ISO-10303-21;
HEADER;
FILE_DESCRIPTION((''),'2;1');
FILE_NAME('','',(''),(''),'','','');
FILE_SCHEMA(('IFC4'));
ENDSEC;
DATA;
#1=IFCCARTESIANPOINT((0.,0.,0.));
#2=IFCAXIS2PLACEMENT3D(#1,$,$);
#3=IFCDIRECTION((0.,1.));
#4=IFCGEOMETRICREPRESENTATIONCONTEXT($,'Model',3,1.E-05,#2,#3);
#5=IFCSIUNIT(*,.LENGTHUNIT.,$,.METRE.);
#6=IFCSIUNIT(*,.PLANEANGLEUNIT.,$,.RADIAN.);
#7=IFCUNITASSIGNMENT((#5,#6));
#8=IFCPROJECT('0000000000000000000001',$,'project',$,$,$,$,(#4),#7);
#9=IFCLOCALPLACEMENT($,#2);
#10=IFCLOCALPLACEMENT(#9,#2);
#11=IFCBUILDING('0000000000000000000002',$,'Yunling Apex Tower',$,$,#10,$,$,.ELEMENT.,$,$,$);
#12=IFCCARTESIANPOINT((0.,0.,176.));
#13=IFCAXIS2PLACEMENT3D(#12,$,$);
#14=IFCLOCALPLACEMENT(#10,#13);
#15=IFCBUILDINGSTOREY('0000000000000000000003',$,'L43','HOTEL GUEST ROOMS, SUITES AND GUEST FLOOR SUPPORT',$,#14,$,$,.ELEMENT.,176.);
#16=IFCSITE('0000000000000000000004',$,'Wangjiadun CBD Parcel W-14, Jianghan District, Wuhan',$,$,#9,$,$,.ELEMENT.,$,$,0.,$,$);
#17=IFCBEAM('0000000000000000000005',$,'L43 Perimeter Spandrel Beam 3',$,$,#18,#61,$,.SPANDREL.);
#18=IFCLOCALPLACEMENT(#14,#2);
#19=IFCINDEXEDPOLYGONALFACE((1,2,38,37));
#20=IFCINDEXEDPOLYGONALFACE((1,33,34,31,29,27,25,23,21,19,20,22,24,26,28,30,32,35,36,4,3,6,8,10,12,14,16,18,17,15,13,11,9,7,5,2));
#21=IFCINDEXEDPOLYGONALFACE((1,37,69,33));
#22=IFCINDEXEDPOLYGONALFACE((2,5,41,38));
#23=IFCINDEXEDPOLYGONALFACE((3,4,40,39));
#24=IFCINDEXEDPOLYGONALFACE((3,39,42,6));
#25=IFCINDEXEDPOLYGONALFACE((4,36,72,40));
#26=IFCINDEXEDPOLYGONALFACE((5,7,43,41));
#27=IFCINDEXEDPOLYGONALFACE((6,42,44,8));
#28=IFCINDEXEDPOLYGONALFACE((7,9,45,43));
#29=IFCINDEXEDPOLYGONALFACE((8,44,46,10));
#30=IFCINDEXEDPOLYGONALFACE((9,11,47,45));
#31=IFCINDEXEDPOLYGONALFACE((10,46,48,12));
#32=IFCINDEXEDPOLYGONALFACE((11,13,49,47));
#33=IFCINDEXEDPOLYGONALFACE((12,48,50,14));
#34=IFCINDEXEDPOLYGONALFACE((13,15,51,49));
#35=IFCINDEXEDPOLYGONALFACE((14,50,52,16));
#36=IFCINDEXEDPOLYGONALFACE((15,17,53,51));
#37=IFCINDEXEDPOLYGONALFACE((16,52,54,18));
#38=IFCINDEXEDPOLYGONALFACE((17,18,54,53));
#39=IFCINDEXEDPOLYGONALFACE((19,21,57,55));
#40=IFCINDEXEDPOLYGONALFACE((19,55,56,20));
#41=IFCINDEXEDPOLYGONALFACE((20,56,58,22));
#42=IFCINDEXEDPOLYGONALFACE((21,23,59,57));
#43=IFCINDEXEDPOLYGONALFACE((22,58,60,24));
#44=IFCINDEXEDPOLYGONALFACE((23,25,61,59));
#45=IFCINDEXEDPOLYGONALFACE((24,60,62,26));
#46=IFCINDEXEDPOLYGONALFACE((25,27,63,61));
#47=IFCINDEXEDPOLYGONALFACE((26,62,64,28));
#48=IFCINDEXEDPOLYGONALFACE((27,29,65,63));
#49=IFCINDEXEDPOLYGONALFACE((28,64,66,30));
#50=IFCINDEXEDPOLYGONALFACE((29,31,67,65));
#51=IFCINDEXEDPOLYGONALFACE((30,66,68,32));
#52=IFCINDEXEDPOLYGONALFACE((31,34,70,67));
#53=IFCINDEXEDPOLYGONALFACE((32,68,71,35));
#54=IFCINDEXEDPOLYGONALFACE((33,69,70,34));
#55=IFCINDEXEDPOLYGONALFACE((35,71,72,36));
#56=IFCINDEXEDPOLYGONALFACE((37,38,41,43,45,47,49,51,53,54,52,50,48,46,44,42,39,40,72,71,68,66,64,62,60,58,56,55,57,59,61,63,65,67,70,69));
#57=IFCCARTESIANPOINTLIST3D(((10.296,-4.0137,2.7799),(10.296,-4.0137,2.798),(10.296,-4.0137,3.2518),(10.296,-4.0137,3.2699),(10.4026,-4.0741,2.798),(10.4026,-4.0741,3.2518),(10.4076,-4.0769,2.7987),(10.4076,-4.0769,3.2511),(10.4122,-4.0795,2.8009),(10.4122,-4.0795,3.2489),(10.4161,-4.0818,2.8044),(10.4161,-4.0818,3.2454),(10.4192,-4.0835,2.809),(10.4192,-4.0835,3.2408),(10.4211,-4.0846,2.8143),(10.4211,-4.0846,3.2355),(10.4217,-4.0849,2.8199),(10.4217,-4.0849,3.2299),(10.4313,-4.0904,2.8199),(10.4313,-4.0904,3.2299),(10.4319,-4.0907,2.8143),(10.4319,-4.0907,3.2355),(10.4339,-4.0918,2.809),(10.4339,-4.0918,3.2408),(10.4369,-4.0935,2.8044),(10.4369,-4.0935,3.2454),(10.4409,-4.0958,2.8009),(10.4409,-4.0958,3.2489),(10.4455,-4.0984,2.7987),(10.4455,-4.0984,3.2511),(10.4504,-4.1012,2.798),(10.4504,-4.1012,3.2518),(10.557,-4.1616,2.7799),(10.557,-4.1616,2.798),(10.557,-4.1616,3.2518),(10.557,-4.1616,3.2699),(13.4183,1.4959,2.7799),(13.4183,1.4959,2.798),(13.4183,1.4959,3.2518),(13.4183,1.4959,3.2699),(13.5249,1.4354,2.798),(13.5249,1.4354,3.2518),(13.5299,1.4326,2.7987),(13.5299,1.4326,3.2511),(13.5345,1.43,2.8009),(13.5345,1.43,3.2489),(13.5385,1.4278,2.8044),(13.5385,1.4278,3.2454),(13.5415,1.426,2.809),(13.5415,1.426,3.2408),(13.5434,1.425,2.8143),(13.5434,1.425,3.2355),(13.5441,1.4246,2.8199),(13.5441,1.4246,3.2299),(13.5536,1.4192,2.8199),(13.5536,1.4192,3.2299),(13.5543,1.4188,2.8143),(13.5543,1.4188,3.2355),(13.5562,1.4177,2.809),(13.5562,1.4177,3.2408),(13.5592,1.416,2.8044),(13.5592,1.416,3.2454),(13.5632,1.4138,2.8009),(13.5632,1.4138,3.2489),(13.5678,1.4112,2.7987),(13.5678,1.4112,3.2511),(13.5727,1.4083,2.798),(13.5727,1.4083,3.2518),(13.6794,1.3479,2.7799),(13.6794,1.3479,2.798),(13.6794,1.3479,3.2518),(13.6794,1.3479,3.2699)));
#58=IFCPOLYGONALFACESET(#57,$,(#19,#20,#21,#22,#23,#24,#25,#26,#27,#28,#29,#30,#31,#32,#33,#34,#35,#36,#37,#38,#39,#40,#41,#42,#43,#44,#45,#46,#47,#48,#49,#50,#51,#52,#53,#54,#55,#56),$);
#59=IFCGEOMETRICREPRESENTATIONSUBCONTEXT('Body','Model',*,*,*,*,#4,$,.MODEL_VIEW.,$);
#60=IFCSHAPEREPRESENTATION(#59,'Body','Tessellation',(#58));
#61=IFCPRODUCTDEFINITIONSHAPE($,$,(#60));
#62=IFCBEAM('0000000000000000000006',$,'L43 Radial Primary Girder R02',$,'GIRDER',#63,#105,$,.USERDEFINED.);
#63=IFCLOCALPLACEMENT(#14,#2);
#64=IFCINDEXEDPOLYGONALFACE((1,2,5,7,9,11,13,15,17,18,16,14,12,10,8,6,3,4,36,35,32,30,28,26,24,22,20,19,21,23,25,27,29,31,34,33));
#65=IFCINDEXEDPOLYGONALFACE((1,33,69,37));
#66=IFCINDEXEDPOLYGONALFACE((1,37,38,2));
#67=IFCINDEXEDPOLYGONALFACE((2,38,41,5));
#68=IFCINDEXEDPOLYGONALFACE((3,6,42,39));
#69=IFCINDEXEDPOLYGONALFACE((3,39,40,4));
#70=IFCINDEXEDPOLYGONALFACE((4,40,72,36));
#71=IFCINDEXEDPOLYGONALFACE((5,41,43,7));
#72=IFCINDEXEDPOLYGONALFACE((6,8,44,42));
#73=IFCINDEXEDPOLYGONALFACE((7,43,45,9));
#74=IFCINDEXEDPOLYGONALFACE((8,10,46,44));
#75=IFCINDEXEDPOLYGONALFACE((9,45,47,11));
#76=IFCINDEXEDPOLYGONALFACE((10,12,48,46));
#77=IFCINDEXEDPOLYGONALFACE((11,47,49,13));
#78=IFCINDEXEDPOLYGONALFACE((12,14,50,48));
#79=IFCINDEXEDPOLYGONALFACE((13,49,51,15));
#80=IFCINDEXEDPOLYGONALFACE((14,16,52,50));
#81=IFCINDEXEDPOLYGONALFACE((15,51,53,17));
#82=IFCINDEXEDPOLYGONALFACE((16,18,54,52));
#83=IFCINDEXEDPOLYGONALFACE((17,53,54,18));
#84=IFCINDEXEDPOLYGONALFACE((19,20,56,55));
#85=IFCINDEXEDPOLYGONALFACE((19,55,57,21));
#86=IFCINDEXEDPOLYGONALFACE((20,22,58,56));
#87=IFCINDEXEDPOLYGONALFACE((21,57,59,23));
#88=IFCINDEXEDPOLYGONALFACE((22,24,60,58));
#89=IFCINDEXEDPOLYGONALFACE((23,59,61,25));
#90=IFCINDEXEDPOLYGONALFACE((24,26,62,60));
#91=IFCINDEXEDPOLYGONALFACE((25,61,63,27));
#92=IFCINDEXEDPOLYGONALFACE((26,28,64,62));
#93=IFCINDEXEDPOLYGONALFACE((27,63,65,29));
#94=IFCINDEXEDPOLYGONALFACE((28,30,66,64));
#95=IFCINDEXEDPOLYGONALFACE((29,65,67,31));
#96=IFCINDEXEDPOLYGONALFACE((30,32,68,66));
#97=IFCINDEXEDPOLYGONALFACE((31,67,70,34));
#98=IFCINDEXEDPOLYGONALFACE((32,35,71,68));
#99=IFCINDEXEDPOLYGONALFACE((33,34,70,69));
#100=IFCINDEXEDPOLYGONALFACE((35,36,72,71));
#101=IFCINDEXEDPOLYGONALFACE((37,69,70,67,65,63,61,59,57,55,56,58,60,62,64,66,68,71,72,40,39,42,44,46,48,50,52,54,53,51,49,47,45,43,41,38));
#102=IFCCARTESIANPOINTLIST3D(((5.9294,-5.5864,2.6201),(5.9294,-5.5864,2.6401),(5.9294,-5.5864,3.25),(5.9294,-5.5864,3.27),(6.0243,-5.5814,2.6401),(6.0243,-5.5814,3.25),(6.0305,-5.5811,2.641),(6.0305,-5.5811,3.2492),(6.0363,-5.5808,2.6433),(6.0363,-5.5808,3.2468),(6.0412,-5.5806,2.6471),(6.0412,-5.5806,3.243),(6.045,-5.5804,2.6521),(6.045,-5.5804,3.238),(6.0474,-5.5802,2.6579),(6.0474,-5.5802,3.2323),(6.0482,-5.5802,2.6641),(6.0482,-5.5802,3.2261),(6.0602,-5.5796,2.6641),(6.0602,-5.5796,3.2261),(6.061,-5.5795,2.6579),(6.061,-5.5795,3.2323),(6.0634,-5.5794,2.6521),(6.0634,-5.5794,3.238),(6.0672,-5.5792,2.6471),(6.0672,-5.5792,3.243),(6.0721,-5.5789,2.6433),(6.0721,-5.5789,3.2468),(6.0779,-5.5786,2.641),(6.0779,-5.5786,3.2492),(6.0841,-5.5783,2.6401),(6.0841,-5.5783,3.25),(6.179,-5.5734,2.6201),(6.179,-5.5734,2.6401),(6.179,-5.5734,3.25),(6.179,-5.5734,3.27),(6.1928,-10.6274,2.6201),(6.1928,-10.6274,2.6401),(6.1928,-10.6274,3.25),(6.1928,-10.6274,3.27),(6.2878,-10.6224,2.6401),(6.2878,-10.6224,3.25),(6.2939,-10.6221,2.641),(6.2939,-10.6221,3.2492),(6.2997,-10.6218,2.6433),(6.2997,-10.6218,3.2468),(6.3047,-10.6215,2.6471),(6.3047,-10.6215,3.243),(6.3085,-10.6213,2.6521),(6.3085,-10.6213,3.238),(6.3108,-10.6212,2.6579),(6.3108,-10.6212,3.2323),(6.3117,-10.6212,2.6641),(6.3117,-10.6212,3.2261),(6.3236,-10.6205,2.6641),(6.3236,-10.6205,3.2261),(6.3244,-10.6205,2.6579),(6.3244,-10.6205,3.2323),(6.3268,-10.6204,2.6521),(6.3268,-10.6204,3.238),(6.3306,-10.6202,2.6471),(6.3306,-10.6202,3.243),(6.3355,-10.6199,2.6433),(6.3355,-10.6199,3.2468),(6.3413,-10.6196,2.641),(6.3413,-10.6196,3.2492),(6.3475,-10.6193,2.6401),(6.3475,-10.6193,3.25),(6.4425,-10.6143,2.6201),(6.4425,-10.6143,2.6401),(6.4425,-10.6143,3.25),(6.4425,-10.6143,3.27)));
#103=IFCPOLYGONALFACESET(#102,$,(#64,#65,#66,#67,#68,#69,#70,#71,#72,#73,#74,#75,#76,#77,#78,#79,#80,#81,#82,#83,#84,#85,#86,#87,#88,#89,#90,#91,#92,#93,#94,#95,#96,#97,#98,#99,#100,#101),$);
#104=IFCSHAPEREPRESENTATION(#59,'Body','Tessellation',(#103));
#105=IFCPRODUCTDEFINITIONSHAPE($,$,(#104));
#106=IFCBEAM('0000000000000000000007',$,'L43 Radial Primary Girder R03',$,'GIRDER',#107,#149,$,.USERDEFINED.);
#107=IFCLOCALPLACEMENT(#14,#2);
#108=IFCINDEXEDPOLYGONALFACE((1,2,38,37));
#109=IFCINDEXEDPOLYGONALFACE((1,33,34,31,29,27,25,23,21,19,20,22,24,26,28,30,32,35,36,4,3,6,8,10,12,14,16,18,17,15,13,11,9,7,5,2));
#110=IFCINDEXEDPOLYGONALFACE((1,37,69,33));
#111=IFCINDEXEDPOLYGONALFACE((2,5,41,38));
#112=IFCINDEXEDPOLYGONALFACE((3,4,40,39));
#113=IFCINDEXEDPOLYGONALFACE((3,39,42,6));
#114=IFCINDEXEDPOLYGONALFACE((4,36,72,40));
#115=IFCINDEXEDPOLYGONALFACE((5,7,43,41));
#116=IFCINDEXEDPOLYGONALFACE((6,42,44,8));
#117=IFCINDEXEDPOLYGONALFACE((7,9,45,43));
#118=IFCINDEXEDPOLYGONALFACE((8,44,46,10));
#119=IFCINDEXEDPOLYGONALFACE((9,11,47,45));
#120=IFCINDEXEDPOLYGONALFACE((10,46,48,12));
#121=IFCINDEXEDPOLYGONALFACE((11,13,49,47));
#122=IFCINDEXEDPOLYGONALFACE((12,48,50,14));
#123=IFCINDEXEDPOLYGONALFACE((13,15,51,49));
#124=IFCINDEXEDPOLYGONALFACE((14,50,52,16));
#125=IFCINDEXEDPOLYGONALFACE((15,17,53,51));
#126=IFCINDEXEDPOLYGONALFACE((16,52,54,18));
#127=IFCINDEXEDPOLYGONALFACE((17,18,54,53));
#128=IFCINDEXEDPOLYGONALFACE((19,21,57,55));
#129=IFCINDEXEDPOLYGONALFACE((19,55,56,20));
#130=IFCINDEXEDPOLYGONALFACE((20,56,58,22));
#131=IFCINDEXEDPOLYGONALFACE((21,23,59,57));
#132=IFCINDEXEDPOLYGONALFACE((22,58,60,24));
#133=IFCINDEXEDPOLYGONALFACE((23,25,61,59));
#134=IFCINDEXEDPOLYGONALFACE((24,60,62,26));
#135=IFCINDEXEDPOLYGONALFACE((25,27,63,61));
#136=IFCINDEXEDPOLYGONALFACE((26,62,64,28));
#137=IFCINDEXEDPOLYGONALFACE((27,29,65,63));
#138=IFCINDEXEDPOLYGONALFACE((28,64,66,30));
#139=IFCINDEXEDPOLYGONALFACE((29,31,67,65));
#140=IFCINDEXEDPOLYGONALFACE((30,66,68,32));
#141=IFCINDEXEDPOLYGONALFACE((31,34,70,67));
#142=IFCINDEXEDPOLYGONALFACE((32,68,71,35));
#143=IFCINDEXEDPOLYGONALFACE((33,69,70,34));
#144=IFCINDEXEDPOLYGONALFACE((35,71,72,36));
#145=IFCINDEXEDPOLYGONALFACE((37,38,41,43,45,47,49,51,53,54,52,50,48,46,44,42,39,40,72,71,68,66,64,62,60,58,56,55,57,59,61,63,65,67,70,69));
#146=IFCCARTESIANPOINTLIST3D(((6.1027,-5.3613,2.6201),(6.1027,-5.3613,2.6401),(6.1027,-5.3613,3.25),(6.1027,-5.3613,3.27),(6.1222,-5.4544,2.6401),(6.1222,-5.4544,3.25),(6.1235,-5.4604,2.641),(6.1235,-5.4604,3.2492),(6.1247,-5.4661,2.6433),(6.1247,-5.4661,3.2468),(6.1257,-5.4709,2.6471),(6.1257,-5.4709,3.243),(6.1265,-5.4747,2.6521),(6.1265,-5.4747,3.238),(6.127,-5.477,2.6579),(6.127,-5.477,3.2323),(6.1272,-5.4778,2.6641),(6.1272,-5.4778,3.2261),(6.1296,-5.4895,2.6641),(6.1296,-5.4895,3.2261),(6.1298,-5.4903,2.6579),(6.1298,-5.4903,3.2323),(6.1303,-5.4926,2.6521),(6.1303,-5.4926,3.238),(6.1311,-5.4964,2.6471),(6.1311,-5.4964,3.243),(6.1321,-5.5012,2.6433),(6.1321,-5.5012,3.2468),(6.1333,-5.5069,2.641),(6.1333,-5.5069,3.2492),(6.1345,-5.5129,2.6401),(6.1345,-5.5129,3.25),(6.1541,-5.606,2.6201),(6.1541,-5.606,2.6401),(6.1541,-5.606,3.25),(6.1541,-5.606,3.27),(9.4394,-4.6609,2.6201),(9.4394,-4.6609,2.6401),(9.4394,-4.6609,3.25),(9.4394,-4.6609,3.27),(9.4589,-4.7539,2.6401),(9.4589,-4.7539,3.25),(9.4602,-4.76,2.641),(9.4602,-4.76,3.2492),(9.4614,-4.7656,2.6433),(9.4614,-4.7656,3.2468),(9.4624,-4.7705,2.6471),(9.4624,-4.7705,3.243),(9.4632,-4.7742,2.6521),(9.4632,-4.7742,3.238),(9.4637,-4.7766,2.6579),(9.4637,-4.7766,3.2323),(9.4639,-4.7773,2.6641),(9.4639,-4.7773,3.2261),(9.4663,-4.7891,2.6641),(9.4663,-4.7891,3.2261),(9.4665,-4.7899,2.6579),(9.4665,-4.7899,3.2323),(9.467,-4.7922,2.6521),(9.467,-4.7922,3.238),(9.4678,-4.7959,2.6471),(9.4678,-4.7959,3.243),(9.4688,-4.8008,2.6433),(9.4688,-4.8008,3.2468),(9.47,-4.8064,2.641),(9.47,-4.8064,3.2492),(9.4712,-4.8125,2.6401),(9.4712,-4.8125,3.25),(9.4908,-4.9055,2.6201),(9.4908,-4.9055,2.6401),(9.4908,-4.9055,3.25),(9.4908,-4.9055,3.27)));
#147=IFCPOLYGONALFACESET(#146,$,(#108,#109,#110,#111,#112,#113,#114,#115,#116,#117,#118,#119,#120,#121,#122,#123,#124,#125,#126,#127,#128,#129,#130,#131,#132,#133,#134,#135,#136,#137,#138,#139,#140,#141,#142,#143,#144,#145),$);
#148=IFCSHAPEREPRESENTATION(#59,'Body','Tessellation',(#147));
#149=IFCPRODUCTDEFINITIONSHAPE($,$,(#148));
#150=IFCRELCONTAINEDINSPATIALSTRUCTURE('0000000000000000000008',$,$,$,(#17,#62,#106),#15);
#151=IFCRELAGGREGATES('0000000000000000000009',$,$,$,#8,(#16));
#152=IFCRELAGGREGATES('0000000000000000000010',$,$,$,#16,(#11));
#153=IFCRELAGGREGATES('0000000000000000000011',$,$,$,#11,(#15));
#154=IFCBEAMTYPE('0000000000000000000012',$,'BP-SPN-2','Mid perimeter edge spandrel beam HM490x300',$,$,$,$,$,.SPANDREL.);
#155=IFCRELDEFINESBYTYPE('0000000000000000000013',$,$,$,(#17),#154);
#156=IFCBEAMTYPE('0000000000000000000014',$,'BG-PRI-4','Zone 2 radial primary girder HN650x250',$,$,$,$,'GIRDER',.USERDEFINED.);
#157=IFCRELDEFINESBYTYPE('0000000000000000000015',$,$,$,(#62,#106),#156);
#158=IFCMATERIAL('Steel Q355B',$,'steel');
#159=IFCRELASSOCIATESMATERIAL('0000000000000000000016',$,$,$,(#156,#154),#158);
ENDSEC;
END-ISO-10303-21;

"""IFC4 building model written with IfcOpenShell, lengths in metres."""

from ifc_helpers import new_model, si_unit, direction, frame, origin, origin_2d, place, context, subcontext, project, spatial, i_section, extrude, source, transform, mapped, material, material_profile, profile_set, type_object, element, save


model = new_model("IFC4")

# Units and contexts
model_context = context("Model", 3, precision=1e-05, world=origin(), true_north=direction((0.0, 1.0)))
body_context = subcontext(model_context, "Body", "Model", "MODEL_VIEW")
ifc_project = project(units=[si_unit("LENGTHUNIT", "METRE"), si_unit("PLANEANGLEUNIT", "RADIAN")], contexts=[model_context])

# Site, building, storey
site_placement = place(None, origin())
site = spatial("IfcSite", under=ifc_project, at=site_placement, Name="Wangjiadun CBD Parcel W-14, Jianghan District, Wuhan", CompositionType="ELEMENT", RefElevation=0.0)
building_placement = place(site_placement, origin())
building = spatial("IfcBuilding", under=site, at=building_placement, Name="Yunling Apex Tower", CompositionType="ELEMENT")
storey_placement = place(building_placement, frame((0.0, 0.0, 176.0)))
storey = spatial("IfcBuildingStorey", under=building, at=storey_placement, Name="L43", Description="HOTEL GUEST ROOMS, SUITES AND GUEST FLOOR SUPPORT", CompositionType="ELEMENT", Elevation=176.0)

# Beams
ifc_material_1 = material(Name="Steel Q355B", Category="steel")
ifc_material_profile_1 = material_profile(ifc_material_1, i_section(OverallWidth=0.25, OverallDepth=0.6499, WebThickness=0.012, FlangeThickness=0.02, FilletRadius=0.0239, at=origin_2d()))
ifc_profile_set_1 = profile_set([ifc_material_profile_1], Name="Steel Q355B")
beam_type_1 = type_object("IfcBeamType", Name="BG-PRI-4", Description="Zone 2 radial primary girder HN650x250", ElementType="GIRDER", PredefinedType="USERDEFINED", material=ifc_profile_set_1)
ifc_material_profile_2 = material_profile(ifc_material_1, i_section(OverallWidth=0.3, OverallDepth=0.49, WebThickness=0.011, FlangeThickness=0.0181, FilletRadius=0.022, at=origin_2d()))
ifc_profile_set_2 = profile_set([ifc_material_profile_2], Name="Steel Q355B")
beam_type_2 = type_object("IfcBeamType", Name="BP-SPN-2", Description="Mid perimeter edge spandrel beam HM490x300", PredefinedType="SPANDREL", material=ifc_profile_set_2)
shared_shape_1 = source(origin(), body_context, "Body", "SweptSolid", [
    extrude(i_section(OverallWidth=0.3, OverallDepth=0.49, WebThickness=0.011, FlangeThickness=0.0181, FilletRadius=0.022, at=origin_2d()), origin(), (0.0, 0.0, 1.0), 6.3328),
])
beam_1_placement = place(storey_placement, frame((10.4265, -4.0876, 3.0249), z_axis=(0.493043, 0.870005, 0.0), x_axis=(-0.870005, 0.493043, 0.0)))
element("IfcBeam", 1, at=beam_1_placement, inside=storey, type_object=beam_type_2, Name="L43 Perimeter Spandrel Beam 3", PredefinedType="SPANDREL", context=body_context, shape_type="MappedRepresentation", body=[
    mapped(shared_shape_1, transform((0.0, 0.0, 0.0), scale=1.0)),
])
shared_shape_2 = source(origin(), body_context, "Body", "SweptSolid", [
    extrude(i_section(OverallWidth=0.25, OverallDepth=0.6499, WebThickness=0.012, FlangeThickness=0.02, FilletRadius=0.0239, at=origin_2d()), origin(), (0.0, 0.0, 1.0), 5.0479),
])
beam_2_placement = place(storey_placement, frame((6.3176, -10.6208, 2.9451), z_axis=(-0.052186, 0.998637, 0.0), x_axis=(-0.998637, -0.052186, 0.0)))
element("IfcBeam", 2, at=beam_2_placement, inside=storey, type_object=beam_type_1, Name="L43 Radial Primary Girder R02", ObjectType="GIRDER", PredefinedType="USERDEFINED", context=body_context, shape_type="MappedRepresentation", body=[
    mapped(shared_shape_2, transform((0.0, 0.0, 0.0), scale=1.0)),
])
shared_shape_3 = source(origin(), body_context, "Body", "SweptSolid", [
    extrude(i_section(OverallWidth=0.25, OverallDepth=0.6499, WebThickness=0.012, FlangeThickness=0.02, FilletRadius=0.0239, at=origin_2d()), origin(), (0.0, 0.0, 1.0), 3.4094),
])
beam_3_placement = place(storey_placement, frame((9.4651, -4.7832, 2.9451), z_axis=(-0.978669, -0.205444, 0.0), x_axis=(0.205444, -0.978669, 0.0)))
element("IfcBeam", 3, at=beam_3_placement, inside=storey, type_object=beam_type_1, Name="L43 Radial Primary Girder R03", ObjectType="GIRDER", PredefinedType="USERDEFINED", context=body_context, shape_type="MappedRepresentation", body=[
    mapped(shared_shape_3, transform((0.0, 0.0, 0.0), scale=1.0)),
])

save(model, "model.ifc")
